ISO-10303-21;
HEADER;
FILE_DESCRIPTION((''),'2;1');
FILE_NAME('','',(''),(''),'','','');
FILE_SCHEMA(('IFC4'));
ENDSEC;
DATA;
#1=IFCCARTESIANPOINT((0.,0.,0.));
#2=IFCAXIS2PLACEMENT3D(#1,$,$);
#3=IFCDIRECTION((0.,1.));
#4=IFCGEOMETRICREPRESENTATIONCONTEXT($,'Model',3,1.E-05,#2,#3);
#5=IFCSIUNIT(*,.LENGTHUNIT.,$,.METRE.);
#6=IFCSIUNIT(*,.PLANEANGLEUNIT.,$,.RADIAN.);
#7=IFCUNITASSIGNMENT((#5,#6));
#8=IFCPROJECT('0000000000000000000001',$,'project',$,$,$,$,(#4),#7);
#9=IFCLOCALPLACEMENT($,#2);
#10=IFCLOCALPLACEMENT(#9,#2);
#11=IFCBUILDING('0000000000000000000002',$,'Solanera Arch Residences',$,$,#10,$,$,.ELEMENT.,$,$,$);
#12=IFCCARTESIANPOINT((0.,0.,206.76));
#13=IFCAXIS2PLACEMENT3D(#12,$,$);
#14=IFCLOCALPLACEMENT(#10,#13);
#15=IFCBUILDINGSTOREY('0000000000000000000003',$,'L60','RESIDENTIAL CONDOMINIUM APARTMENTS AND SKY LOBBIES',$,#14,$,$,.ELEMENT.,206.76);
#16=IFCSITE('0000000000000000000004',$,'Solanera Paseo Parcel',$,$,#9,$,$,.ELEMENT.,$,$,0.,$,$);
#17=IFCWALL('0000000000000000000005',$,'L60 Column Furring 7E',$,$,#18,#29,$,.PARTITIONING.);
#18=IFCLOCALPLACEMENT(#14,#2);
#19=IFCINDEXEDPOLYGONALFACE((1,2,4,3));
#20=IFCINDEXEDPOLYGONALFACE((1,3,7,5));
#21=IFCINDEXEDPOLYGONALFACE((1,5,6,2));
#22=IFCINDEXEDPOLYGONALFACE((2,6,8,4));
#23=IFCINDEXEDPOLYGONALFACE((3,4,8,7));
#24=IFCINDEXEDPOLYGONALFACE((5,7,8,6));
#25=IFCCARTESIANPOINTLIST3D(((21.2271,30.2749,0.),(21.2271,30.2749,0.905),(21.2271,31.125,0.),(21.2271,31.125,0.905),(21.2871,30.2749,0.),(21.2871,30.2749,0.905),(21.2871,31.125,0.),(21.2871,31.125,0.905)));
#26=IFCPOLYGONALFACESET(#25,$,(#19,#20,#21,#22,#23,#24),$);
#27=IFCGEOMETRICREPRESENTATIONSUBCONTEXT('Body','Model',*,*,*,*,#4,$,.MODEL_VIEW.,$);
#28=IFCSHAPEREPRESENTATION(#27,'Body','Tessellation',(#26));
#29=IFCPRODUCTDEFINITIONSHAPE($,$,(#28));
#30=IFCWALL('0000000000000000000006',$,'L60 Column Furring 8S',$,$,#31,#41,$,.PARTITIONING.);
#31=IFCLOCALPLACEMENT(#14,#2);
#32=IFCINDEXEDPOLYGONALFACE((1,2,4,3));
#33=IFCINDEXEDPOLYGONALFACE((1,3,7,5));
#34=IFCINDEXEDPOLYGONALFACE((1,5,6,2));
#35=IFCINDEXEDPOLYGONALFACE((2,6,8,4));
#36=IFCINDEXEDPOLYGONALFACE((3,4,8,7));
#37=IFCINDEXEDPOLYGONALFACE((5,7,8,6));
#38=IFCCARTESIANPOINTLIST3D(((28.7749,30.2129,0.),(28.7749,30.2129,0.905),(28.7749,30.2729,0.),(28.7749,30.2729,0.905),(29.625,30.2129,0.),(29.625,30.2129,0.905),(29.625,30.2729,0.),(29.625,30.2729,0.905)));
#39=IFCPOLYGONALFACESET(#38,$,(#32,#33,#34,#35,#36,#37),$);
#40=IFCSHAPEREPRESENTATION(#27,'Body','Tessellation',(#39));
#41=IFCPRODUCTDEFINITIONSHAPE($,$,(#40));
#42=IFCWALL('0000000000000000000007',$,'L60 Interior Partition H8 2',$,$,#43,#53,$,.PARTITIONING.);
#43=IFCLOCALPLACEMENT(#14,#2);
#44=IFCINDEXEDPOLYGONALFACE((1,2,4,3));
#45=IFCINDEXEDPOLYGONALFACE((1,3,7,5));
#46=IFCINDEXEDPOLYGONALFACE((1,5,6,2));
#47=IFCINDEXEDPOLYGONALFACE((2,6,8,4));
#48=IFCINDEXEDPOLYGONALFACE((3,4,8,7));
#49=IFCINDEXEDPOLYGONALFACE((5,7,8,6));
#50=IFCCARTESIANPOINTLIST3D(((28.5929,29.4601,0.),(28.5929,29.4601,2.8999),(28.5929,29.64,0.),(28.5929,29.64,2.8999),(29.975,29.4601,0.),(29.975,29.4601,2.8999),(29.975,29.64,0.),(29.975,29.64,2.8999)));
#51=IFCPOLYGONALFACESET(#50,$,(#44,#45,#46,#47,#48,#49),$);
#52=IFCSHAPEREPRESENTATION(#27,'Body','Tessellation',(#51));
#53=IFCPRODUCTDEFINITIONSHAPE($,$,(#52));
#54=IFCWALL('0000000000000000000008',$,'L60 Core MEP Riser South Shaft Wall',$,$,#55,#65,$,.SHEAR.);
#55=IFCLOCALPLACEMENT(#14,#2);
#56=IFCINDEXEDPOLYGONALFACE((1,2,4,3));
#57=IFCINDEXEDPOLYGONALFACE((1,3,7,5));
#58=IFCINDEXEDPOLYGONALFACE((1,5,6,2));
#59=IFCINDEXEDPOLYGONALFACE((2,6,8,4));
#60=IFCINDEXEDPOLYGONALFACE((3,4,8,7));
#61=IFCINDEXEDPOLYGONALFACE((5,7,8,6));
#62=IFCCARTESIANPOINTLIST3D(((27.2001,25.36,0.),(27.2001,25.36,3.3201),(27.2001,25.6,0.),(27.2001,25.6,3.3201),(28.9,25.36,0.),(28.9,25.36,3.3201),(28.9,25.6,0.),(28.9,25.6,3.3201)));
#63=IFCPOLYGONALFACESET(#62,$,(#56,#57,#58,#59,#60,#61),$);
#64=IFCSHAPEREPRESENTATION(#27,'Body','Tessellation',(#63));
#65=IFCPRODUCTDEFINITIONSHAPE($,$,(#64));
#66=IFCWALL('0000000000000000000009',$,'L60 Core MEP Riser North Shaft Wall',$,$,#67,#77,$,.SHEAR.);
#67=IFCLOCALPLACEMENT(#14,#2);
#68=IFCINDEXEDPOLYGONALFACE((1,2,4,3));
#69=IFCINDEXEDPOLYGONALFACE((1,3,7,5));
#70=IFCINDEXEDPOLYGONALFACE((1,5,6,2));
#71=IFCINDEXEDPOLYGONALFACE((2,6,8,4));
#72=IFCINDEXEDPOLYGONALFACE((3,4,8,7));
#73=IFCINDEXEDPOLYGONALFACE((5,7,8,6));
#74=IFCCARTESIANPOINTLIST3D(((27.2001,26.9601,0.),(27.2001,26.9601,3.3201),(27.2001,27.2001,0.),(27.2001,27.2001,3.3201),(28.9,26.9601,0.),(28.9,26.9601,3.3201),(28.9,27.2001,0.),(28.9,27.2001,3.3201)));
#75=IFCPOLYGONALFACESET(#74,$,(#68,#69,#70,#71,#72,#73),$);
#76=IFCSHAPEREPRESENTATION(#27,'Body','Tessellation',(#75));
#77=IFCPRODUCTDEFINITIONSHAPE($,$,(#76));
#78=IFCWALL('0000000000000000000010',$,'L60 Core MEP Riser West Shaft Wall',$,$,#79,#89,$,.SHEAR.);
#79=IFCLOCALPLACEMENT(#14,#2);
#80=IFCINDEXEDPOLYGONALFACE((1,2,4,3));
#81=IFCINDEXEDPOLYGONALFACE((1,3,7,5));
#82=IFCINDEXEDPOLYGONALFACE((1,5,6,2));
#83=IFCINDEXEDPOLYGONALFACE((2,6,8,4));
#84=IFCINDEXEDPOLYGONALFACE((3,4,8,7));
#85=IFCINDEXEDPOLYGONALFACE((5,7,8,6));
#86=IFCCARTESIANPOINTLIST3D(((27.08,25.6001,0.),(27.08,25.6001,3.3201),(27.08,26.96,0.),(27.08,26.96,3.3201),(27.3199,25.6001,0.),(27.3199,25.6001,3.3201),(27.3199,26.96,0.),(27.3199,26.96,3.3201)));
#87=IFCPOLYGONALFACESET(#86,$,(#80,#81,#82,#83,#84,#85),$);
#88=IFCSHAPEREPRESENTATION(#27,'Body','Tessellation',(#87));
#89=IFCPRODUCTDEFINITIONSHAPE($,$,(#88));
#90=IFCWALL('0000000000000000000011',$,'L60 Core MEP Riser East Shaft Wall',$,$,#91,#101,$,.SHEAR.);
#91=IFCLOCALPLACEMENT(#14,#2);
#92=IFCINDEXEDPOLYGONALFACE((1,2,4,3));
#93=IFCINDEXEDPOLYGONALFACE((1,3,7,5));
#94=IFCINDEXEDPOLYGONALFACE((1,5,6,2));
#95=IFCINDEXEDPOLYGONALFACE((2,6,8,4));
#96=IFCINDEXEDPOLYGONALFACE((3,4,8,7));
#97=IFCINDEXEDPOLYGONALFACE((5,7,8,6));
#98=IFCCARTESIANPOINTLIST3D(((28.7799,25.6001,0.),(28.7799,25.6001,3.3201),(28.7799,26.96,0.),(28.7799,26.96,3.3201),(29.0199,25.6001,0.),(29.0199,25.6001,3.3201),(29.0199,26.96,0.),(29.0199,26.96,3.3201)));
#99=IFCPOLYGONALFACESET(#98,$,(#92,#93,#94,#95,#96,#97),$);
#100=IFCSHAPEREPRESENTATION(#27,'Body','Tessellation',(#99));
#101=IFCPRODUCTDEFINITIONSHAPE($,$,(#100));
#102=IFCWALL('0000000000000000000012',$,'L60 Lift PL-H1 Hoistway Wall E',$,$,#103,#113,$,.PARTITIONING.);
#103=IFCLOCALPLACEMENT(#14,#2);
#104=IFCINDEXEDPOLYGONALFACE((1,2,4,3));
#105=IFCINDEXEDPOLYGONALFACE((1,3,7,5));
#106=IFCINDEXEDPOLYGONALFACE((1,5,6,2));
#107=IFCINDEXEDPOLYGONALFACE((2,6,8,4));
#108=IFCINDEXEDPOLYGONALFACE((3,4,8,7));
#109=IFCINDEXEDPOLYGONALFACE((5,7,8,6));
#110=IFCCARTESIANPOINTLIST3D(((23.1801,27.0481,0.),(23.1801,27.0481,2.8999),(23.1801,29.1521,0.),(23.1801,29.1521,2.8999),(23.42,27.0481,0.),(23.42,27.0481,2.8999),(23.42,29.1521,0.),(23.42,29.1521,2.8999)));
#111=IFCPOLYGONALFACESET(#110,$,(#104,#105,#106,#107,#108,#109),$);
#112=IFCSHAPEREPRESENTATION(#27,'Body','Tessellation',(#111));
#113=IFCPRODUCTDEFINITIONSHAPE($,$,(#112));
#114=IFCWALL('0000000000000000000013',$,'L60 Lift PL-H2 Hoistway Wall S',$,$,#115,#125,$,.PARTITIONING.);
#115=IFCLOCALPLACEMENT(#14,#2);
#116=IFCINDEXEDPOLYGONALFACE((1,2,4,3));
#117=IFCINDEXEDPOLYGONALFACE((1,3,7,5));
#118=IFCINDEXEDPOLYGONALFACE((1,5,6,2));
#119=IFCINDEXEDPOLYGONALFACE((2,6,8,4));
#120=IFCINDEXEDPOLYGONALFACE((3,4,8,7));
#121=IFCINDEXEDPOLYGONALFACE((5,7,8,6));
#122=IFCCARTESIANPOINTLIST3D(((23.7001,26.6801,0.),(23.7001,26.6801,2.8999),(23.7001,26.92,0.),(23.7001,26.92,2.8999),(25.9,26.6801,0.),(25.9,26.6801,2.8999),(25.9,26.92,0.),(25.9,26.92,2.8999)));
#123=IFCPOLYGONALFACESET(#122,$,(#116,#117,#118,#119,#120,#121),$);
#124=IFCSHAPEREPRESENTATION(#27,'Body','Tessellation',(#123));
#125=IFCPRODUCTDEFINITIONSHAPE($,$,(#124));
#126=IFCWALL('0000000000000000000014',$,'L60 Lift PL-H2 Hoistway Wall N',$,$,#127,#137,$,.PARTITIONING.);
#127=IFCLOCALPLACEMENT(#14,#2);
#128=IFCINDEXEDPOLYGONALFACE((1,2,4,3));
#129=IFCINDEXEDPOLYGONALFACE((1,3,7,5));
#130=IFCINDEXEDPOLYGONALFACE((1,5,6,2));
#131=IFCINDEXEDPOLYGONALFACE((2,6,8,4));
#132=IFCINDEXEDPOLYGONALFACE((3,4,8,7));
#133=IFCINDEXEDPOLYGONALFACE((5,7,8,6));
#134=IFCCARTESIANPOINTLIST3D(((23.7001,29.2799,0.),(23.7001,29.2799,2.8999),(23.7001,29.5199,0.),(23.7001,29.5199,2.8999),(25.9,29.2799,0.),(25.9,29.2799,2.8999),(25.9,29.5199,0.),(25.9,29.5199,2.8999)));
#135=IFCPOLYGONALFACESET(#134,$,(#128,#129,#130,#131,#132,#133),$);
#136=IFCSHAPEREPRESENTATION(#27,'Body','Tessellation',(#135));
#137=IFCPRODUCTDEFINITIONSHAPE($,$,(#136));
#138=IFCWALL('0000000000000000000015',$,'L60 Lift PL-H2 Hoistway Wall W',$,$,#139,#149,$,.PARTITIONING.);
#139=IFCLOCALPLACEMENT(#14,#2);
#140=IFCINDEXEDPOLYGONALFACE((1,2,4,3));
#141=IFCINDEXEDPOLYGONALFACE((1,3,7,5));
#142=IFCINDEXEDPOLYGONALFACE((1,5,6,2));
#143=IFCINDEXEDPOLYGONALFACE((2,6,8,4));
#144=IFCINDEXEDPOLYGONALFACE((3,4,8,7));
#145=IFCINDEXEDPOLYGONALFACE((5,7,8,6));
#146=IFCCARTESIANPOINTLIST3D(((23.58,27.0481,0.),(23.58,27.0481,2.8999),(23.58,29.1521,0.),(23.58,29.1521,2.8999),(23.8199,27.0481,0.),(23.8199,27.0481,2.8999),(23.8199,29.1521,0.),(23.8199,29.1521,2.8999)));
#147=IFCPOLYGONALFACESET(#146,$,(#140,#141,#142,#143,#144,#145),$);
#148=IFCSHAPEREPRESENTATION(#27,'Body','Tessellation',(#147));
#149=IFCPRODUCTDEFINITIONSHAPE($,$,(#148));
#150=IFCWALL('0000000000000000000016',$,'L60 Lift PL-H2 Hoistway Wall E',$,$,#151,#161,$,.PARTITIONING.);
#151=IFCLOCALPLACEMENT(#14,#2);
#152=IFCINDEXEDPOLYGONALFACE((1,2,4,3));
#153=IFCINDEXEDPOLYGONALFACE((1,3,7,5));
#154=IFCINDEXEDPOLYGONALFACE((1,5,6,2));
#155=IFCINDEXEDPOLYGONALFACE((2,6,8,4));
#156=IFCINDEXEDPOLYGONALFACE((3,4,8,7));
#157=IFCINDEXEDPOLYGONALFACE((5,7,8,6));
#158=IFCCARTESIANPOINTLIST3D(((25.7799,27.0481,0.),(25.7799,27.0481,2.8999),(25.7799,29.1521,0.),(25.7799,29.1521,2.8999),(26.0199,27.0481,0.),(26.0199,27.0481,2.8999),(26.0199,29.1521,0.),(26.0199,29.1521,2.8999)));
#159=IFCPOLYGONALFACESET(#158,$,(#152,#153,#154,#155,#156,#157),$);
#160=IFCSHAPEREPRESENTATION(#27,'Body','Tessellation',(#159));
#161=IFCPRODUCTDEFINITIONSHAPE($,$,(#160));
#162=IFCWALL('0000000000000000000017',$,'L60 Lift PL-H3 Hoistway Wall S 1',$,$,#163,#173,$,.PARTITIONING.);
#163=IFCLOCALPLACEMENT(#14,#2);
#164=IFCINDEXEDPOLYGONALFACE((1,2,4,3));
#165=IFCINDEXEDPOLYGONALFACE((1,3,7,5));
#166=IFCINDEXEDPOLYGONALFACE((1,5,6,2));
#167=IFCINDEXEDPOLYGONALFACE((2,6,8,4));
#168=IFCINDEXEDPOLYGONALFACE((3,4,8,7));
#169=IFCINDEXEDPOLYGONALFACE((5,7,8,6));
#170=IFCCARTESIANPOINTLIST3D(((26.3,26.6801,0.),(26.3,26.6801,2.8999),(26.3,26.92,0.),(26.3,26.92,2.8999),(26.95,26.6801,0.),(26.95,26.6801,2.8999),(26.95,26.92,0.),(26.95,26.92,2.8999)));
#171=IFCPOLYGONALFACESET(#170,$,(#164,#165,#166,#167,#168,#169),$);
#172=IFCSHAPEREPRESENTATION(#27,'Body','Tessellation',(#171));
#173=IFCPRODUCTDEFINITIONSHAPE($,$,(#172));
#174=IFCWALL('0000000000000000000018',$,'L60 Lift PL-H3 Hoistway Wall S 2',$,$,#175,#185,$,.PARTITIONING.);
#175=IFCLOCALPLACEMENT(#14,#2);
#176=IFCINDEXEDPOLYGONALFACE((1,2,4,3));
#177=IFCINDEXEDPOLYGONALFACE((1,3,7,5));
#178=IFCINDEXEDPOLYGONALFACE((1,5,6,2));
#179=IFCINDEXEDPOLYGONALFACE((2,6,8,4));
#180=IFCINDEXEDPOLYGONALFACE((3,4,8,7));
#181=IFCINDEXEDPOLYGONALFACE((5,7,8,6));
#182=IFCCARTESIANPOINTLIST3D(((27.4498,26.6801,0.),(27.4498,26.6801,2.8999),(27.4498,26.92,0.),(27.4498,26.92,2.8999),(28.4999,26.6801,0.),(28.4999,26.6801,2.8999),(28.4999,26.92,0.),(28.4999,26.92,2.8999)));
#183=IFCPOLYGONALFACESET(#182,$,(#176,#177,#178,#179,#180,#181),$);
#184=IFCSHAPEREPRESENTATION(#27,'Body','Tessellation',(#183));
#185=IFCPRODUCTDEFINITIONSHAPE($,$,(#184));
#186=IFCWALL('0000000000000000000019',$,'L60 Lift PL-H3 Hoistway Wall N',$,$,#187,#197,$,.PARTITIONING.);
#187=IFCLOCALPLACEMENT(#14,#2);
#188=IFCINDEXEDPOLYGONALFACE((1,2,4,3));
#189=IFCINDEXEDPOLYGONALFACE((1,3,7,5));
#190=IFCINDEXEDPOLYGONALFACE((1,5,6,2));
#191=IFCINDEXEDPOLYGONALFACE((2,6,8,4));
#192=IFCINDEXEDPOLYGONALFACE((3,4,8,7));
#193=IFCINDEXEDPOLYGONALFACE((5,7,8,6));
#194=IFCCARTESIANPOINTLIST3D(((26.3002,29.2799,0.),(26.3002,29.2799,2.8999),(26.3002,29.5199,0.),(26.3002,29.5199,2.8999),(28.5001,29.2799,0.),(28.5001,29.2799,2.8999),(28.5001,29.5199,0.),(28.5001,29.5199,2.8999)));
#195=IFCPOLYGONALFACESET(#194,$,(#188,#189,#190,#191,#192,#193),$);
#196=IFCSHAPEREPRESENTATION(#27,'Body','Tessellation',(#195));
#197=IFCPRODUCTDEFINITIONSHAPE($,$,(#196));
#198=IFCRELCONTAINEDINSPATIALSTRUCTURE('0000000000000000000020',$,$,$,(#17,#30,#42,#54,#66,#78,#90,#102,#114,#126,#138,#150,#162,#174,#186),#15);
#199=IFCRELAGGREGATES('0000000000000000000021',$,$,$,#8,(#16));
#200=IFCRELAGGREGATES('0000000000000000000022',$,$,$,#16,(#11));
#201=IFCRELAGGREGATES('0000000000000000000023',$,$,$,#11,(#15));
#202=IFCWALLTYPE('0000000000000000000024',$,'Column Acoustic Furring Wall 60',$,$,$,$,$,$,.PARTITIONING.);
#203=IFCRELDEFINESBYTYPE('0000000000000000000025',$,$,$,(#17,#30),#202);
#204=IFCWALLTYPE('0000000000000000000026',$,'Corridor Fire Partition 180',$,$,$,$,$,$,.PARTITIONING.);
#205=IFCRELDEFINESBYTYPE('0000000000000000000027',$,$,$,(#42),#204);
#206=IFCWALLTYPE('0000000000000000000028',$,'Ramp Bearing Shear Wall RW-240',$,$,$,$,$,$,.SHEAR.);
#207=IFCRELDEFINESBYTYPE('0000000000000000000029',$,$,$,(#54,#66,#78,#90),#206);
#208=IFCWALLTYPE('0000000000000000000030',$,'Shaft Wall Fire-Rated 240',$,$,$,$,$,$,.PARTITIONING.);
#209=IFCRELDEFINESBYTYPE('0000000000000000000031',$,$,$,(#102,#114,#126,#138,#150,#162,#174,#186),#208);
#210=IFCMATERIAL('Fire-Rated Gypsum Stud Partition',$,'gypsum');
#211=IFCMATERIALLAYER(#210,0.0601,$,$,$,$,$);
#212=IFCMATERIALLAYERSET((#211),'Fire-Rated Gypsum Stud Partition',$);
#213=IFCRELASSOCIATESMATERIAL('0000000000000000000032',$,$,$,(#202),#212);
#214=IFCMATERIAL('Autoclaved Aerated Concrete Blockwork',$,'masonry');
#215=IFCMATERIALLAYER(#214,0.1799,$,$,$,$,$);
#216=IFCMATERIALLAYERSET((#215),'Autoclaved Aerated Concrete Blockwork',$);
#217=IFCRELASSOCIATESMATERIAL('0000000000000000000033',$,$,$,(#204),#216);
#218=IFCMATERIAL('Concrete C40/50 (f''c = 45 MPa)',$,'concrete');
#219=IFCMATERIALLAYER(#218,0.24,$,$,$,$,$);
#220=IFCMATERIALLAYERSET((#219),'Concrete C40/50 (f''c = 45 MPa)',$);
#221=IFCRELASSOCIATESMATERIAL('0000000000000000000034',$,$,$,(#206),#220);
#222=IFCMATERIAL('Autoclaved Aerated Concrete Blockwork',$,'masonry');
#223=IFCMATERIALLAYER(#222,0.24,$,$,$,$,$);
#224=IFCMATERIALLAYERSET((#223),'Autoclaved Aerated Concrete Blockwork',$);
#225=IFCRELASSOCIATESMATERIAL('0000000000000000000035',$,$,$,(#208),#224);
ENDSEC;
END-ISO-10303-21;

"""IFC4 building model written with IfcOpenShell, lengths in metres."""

from ifc_helpers import new_model, si_unit, direction, frame, frame_2d, origin, place, context, subcontext, project, spatial, rectangle, extrude, material, layer, layer_set, type_object, element, save


model = new_model("IFC4")

# Units and contexts
model_context = context("Model", 3, precision=1e-05, world=origin(), true_north=direction((0.0, 1.0)))
body_context = subcontext(model_context, "Body", "Model", "MODEL_VIEW")
ifc_project = project(units=[si_unit("LENGTHUNIT", "METRE"), si_unit("PLANEANGLEUNIT", "RADIAN")], contexts=[model_context])

# Site, building, storey
site_placement = place(None, origin())
site = spatial("IfcSite", under=ifc_project, at=site_placement, Name="Solanera Paseo Parcel", CompositionType="ELEMENT", RefElevation=0.0)
building_placement = place(site_placement, origin())
building = spatial("IfcBuilding", under=site, at=building_placement, Name="Solanera Arch Residences", CompositionType="ELEMENT")
storey_placement = place(building_placement, frame((0.0, 0.0, 206.76)))
storey = spatial("IfcBuildingStorey", under=building, at=storey_placement, Name="L60", Description="RESIDENTIAL CONDOMINIUM APARTMENTS AND SKY LOBBIES", CompositionType="ELEMENT", Elevation=206.76)

# Walls
ifc_material_1 = material(Name="Fire-Rated Gypsum Stud Partition", Category="gypsum")
ifc_layer_1 = layer(ifc_material_1, 0.0601)
ifc_layer_set_1 = layer_set([ifc_layer_1], Name="Fire-Rated Gypsum Stud Partition")
wall_type_1 = type_object("IfcWallType", Name="Column Acoustic Furring Wall 60", PredefinedType="PARTITIONING", material=ifc_layer_set_1)
for number, where, z_axis, x_axis, name in (
    (1, (21.2571, 30.2749, 0.0), (0.0, 0.0, 1.0), (0.0, 1.0, 0.0), "L60 Column Furring 7E"),
    (2, (28.7749, 30.2429, 0.0), (0.0, 0.0, 1.0), (1.0, 0.0, 0.0), "L60 Column Furring 8S"),
):
    element("IfcWall", number, at=place(storey_placement, frame(where, z_axis=z_axis, x_axis=x_axis)), inside=storey, type_object=wall_type_1, Name=name, PredefinedType="PARTITIONING", context=body_context, shape_type="SweptSolid", body=[
        extrude(rectangle(XDim=0.8501, YDim=0.0601, at=frame_2d((0.425, 0.0))), origin(), (0.0, 0.0, 1.0), 0.905),
    ])
ifc_material_2 = material(Name="Autoclaved Aerated Concrete Blockwork", Category="masonry")
ifc_layer_2 = layer(ifc_material_2, 0.1799)
ifc_layer_set_2 = layer_set([ifc_layer_2], Name="Autoclaved Aerated Concrete Blockwork")
wall_type_2 = type_object("IfcWallType", Name="Corridor Fire Partition 180", PredefinedType="PARTITIONING", material=ifc_layer_set_2)
wall_1_placement = place(storey_placement, frame((28.593, 29.55, 0.0), z_axis=(0.0, 0.0, 1.0), x_axis=(1.0, 0.0, 0.0)))
element("IfcWall", 3, at=wall_1_placement, inside=storey, type_object=wall_type_2, Name="L60 Interior Partition H8 2", PredefinedType="PARTITIONING", context=body_context, shape_type="SweptSolid", body=[
    extrude(rectangle(XDim=1.3821, YDim=0.1799, at=frame_2d((0.6909, 0.0))), origin(), (0.0, 0.0, 1.0), 2.8999),
])
ifc_material_3 = material(Name="Concrete C40/50 (f'c = 45 MPa)", Category="concrete")
ifc_layer_3 = layer(ifc_material_3, 0.24)
ifc_layer_set_3 = layer_set([ifc_layer_3], Name="Concrete C40/50 (f'c = 45 MPa)")
wall_type_3 = type_object("IfcWallType", Name="Ramp Bearing Shear Wall RW-240", PredefinedType="SHEAR", material=ifc_layer_set_3)
for number, where, z_axis, x_axis, name in (
    (4, (27.2, 25.48, 0.0), (0.0, 0.0, 1.0), (1.0, 0.0, 0.0), "L60 Core MEP Riser South Shaft Wall"),
    (5, (27.2, 27.0801, 0.0), (0.0, 0.0, 1.0), (1.0, 0.0, 0.0), "L60 Core MEP Riser North Shaft Wall"),
):
    element("IfcWall", number, at=place(storey_placement, frame(where, z_axis=z_axis, x_axis=x_axis)), inside=storey, type_object=wall_type_3, Name=name, PredefinedType="SHEAR", context=body_context, shape_type="SweptSolid", body=[
        extrude(rectangle(XDim=1.7, YDim=0.24, at=frame_2d((0.8501, 0.0))), origin(), (0.0, 0.0, 1.0), 3.3201),
    ])
for number, where, z_axis, x_axis, name in (
    (6, (27.2, 25.6001, 0.0), (0.0, 0.0, 1.0), (0.0, 1.0, 0.0), "L60 Core MEP Riser West Shaft Wall"),
    (7, (28.8999, 25.6001, 0.0), (0.0, 0.0, 1.0), (0.0, 1.0, 0.0), "L60 Core MEP Riser East Shaft Wall"),
):
    element("IfcWall", number, at=place(storey_placement, frame(where, z_axis=z_axis, x_axis=x_axis)), inside=storey, type_object=wall_type_3, Name=name, PredefinedType="SHEAR", context=body_context, shape_type="SweptSolid", body=[
        extrude(rectangle(XDim=1.3599, YDim=0.24, at=frame_2d((0.6799, 0.0))), origin(), (0.0, 0.0, 1.0), 3.3201),
    ])
ifc_material_4 = material(Name="Autoclaved Aerated Concrete Blockwork", Category="masonry")
ifc_layer_4 = layer(ifc_material_4, 0.24)
ifc_layer_set_4 = layer_set([ifc_layer_4], Name="Autoclaved Aerated Concrete Blockwork")
wall_type_4 = type_object("IfcWallType", Name="Shaft Wall Fire-Rated 240", PredefinedType="PARTITIONING", material=ifc_layer_set_4)
wall_2_placement = place(storey_placement, frame((23.3, 27.0481, 0.0), z_axis=(0.0, 0.0, 1.0), x_axis=(0.0, 1.0, 0.0)))
element("IfcWall", 8, at=wall_2_placement, inside=storey, type_object=wall_type_4, Name="L60 Lift PL-H1 Hoistway Wall E", PredefinedType="PARTITIONING", context=body_context, shape_type="SweptSolid", body=[
    extrude(rectangle(XDim=2.104, YDim=0.24, at=frame_2d((1.052, 0.0))), origin(), (0.0, 0.0, 1.0), 2.8999),
])
for number, where, z_axis, x_axis, name in (
    (9, (23.7, 26.8, 0.0), (0.0, 0.0, 1.0), (1.0, 0.0, 0.0), "L60 Lift PL-H2 Hoistway Wall S"),
    (10, (23.7, 29.3999, 0.0), (0.0, 0.0, 1.0), (1.0, 0.0, 0.0), "L60 Lift PL-H2 Hoistway Wall N"),
):
    element("IfcWall", number, at=place(storey_placement, frame(where, z_axis=z_axis, x_axis=x_axis)), inside=storey, type_object=wall_type_4, Name=name, PredefinedType="PARTITIONING", context=body_context, shape_type="SweptSolid", body=[
        extrude(rectangle(XDim=2.2, YDim=0.24, at=frame_2d((1.1001, 0.0))), origin(), (0.0, 0.0, 1.0), 2.8999),
    ])
for number, where, z_axis, x_axis, name in (
    (11, (23.7, 27.0481, 0.0), (0.0, 0.0, 1.0), (0.0, 1.0, 0.0), "L60 Lift PL-H2 Hoistway Wall W"),
    (12, (25.8999, 27.0481, 0.0), (0.0, 0.0, 1.0), (0.0, 1.0, 0.0), "L60 Lift PL-H2 Hoistway Wall E"),
):
    element("IfcWall", number, at=place(storey_placement, frame(where, z_axis=z_axis, x_axis=x_axis)), inside=storey, type_object=wall_type_4, Name=name, PredefinedType="PARTITIONING", context=body_context, shape_type="SweptSolid", body=[
        extrude(rectangle(XDim=2.104, YDim=0.24, at=frame_2d((1.052, 0.0))), origin(), (0.0, 0.0, 1.0), 2.8999),
    ])
wall_3_placement = place(storey_placement, frame((26.3, 26.8, 0.0), z_axis=(0.0, 0.0, 1.0), x_axis=(1.0, 0.0, 0.0)))
element("IfcWall", 13, at=wall_3_placement, inside=storey, type_object=wall_type_4, Name="L60 Lift PL-H3 Hoistway Wall S 1", PredefinedType="PARTITIONING", context=body_context, shape_type="SweptSolid", body=[
    extrude(rectangle(XDim=0.6499, YDim=0.24, at=frame_2d((0.325, 0.0))), origin(), (0.0, 0.0, 1.0), 2.8999),
])
wall_4_placement = place(storey_placement, frame((27.45, 26.8, 0.0), z_axis=(0.0, 0.0, 1.0), x_axis=(1.0, 0.0, 0.0)))
element("IfcWall", 14, at=wall_4_placement, inside=storey, type_object=wall_type_4, Name="L60 Lift PL-H3 Hoistway Wall S 2", PredefinedType="PARTITIONING", context=body_context, shape_type="SweptSolid", body=[
    extrude(rectangle(XDim=1.05, YDim=0.24, at=frame_2d((0.5249, 0.0))), origin(), (0.0, 0.0, 1.0), 2.8999),
])
wall_5_placement = place(storey_placement, frame((26.3, 29.3999, 0.0), z_axis=(0.0, 0.0, 1.0), x_axis=(1.0, 0.0, 0.0)))
element("IfcWall", 15, at=wall_5_placement, inside=storey, type_object=wall_type_4, Name="L60 Lift PL-H3 Hoistway Wall N", PredefinedType="PARTITIONING", context=body_context, shape_type="SweptSolid", body=[
    extrude(rectangle(XDim=2.2, YDim=0.24, at=frame_2d((1.1001, 0.0))), origin(), (0.0, 0.0, 1.0), 2.8999),
])

save(model, "model.ifc")
